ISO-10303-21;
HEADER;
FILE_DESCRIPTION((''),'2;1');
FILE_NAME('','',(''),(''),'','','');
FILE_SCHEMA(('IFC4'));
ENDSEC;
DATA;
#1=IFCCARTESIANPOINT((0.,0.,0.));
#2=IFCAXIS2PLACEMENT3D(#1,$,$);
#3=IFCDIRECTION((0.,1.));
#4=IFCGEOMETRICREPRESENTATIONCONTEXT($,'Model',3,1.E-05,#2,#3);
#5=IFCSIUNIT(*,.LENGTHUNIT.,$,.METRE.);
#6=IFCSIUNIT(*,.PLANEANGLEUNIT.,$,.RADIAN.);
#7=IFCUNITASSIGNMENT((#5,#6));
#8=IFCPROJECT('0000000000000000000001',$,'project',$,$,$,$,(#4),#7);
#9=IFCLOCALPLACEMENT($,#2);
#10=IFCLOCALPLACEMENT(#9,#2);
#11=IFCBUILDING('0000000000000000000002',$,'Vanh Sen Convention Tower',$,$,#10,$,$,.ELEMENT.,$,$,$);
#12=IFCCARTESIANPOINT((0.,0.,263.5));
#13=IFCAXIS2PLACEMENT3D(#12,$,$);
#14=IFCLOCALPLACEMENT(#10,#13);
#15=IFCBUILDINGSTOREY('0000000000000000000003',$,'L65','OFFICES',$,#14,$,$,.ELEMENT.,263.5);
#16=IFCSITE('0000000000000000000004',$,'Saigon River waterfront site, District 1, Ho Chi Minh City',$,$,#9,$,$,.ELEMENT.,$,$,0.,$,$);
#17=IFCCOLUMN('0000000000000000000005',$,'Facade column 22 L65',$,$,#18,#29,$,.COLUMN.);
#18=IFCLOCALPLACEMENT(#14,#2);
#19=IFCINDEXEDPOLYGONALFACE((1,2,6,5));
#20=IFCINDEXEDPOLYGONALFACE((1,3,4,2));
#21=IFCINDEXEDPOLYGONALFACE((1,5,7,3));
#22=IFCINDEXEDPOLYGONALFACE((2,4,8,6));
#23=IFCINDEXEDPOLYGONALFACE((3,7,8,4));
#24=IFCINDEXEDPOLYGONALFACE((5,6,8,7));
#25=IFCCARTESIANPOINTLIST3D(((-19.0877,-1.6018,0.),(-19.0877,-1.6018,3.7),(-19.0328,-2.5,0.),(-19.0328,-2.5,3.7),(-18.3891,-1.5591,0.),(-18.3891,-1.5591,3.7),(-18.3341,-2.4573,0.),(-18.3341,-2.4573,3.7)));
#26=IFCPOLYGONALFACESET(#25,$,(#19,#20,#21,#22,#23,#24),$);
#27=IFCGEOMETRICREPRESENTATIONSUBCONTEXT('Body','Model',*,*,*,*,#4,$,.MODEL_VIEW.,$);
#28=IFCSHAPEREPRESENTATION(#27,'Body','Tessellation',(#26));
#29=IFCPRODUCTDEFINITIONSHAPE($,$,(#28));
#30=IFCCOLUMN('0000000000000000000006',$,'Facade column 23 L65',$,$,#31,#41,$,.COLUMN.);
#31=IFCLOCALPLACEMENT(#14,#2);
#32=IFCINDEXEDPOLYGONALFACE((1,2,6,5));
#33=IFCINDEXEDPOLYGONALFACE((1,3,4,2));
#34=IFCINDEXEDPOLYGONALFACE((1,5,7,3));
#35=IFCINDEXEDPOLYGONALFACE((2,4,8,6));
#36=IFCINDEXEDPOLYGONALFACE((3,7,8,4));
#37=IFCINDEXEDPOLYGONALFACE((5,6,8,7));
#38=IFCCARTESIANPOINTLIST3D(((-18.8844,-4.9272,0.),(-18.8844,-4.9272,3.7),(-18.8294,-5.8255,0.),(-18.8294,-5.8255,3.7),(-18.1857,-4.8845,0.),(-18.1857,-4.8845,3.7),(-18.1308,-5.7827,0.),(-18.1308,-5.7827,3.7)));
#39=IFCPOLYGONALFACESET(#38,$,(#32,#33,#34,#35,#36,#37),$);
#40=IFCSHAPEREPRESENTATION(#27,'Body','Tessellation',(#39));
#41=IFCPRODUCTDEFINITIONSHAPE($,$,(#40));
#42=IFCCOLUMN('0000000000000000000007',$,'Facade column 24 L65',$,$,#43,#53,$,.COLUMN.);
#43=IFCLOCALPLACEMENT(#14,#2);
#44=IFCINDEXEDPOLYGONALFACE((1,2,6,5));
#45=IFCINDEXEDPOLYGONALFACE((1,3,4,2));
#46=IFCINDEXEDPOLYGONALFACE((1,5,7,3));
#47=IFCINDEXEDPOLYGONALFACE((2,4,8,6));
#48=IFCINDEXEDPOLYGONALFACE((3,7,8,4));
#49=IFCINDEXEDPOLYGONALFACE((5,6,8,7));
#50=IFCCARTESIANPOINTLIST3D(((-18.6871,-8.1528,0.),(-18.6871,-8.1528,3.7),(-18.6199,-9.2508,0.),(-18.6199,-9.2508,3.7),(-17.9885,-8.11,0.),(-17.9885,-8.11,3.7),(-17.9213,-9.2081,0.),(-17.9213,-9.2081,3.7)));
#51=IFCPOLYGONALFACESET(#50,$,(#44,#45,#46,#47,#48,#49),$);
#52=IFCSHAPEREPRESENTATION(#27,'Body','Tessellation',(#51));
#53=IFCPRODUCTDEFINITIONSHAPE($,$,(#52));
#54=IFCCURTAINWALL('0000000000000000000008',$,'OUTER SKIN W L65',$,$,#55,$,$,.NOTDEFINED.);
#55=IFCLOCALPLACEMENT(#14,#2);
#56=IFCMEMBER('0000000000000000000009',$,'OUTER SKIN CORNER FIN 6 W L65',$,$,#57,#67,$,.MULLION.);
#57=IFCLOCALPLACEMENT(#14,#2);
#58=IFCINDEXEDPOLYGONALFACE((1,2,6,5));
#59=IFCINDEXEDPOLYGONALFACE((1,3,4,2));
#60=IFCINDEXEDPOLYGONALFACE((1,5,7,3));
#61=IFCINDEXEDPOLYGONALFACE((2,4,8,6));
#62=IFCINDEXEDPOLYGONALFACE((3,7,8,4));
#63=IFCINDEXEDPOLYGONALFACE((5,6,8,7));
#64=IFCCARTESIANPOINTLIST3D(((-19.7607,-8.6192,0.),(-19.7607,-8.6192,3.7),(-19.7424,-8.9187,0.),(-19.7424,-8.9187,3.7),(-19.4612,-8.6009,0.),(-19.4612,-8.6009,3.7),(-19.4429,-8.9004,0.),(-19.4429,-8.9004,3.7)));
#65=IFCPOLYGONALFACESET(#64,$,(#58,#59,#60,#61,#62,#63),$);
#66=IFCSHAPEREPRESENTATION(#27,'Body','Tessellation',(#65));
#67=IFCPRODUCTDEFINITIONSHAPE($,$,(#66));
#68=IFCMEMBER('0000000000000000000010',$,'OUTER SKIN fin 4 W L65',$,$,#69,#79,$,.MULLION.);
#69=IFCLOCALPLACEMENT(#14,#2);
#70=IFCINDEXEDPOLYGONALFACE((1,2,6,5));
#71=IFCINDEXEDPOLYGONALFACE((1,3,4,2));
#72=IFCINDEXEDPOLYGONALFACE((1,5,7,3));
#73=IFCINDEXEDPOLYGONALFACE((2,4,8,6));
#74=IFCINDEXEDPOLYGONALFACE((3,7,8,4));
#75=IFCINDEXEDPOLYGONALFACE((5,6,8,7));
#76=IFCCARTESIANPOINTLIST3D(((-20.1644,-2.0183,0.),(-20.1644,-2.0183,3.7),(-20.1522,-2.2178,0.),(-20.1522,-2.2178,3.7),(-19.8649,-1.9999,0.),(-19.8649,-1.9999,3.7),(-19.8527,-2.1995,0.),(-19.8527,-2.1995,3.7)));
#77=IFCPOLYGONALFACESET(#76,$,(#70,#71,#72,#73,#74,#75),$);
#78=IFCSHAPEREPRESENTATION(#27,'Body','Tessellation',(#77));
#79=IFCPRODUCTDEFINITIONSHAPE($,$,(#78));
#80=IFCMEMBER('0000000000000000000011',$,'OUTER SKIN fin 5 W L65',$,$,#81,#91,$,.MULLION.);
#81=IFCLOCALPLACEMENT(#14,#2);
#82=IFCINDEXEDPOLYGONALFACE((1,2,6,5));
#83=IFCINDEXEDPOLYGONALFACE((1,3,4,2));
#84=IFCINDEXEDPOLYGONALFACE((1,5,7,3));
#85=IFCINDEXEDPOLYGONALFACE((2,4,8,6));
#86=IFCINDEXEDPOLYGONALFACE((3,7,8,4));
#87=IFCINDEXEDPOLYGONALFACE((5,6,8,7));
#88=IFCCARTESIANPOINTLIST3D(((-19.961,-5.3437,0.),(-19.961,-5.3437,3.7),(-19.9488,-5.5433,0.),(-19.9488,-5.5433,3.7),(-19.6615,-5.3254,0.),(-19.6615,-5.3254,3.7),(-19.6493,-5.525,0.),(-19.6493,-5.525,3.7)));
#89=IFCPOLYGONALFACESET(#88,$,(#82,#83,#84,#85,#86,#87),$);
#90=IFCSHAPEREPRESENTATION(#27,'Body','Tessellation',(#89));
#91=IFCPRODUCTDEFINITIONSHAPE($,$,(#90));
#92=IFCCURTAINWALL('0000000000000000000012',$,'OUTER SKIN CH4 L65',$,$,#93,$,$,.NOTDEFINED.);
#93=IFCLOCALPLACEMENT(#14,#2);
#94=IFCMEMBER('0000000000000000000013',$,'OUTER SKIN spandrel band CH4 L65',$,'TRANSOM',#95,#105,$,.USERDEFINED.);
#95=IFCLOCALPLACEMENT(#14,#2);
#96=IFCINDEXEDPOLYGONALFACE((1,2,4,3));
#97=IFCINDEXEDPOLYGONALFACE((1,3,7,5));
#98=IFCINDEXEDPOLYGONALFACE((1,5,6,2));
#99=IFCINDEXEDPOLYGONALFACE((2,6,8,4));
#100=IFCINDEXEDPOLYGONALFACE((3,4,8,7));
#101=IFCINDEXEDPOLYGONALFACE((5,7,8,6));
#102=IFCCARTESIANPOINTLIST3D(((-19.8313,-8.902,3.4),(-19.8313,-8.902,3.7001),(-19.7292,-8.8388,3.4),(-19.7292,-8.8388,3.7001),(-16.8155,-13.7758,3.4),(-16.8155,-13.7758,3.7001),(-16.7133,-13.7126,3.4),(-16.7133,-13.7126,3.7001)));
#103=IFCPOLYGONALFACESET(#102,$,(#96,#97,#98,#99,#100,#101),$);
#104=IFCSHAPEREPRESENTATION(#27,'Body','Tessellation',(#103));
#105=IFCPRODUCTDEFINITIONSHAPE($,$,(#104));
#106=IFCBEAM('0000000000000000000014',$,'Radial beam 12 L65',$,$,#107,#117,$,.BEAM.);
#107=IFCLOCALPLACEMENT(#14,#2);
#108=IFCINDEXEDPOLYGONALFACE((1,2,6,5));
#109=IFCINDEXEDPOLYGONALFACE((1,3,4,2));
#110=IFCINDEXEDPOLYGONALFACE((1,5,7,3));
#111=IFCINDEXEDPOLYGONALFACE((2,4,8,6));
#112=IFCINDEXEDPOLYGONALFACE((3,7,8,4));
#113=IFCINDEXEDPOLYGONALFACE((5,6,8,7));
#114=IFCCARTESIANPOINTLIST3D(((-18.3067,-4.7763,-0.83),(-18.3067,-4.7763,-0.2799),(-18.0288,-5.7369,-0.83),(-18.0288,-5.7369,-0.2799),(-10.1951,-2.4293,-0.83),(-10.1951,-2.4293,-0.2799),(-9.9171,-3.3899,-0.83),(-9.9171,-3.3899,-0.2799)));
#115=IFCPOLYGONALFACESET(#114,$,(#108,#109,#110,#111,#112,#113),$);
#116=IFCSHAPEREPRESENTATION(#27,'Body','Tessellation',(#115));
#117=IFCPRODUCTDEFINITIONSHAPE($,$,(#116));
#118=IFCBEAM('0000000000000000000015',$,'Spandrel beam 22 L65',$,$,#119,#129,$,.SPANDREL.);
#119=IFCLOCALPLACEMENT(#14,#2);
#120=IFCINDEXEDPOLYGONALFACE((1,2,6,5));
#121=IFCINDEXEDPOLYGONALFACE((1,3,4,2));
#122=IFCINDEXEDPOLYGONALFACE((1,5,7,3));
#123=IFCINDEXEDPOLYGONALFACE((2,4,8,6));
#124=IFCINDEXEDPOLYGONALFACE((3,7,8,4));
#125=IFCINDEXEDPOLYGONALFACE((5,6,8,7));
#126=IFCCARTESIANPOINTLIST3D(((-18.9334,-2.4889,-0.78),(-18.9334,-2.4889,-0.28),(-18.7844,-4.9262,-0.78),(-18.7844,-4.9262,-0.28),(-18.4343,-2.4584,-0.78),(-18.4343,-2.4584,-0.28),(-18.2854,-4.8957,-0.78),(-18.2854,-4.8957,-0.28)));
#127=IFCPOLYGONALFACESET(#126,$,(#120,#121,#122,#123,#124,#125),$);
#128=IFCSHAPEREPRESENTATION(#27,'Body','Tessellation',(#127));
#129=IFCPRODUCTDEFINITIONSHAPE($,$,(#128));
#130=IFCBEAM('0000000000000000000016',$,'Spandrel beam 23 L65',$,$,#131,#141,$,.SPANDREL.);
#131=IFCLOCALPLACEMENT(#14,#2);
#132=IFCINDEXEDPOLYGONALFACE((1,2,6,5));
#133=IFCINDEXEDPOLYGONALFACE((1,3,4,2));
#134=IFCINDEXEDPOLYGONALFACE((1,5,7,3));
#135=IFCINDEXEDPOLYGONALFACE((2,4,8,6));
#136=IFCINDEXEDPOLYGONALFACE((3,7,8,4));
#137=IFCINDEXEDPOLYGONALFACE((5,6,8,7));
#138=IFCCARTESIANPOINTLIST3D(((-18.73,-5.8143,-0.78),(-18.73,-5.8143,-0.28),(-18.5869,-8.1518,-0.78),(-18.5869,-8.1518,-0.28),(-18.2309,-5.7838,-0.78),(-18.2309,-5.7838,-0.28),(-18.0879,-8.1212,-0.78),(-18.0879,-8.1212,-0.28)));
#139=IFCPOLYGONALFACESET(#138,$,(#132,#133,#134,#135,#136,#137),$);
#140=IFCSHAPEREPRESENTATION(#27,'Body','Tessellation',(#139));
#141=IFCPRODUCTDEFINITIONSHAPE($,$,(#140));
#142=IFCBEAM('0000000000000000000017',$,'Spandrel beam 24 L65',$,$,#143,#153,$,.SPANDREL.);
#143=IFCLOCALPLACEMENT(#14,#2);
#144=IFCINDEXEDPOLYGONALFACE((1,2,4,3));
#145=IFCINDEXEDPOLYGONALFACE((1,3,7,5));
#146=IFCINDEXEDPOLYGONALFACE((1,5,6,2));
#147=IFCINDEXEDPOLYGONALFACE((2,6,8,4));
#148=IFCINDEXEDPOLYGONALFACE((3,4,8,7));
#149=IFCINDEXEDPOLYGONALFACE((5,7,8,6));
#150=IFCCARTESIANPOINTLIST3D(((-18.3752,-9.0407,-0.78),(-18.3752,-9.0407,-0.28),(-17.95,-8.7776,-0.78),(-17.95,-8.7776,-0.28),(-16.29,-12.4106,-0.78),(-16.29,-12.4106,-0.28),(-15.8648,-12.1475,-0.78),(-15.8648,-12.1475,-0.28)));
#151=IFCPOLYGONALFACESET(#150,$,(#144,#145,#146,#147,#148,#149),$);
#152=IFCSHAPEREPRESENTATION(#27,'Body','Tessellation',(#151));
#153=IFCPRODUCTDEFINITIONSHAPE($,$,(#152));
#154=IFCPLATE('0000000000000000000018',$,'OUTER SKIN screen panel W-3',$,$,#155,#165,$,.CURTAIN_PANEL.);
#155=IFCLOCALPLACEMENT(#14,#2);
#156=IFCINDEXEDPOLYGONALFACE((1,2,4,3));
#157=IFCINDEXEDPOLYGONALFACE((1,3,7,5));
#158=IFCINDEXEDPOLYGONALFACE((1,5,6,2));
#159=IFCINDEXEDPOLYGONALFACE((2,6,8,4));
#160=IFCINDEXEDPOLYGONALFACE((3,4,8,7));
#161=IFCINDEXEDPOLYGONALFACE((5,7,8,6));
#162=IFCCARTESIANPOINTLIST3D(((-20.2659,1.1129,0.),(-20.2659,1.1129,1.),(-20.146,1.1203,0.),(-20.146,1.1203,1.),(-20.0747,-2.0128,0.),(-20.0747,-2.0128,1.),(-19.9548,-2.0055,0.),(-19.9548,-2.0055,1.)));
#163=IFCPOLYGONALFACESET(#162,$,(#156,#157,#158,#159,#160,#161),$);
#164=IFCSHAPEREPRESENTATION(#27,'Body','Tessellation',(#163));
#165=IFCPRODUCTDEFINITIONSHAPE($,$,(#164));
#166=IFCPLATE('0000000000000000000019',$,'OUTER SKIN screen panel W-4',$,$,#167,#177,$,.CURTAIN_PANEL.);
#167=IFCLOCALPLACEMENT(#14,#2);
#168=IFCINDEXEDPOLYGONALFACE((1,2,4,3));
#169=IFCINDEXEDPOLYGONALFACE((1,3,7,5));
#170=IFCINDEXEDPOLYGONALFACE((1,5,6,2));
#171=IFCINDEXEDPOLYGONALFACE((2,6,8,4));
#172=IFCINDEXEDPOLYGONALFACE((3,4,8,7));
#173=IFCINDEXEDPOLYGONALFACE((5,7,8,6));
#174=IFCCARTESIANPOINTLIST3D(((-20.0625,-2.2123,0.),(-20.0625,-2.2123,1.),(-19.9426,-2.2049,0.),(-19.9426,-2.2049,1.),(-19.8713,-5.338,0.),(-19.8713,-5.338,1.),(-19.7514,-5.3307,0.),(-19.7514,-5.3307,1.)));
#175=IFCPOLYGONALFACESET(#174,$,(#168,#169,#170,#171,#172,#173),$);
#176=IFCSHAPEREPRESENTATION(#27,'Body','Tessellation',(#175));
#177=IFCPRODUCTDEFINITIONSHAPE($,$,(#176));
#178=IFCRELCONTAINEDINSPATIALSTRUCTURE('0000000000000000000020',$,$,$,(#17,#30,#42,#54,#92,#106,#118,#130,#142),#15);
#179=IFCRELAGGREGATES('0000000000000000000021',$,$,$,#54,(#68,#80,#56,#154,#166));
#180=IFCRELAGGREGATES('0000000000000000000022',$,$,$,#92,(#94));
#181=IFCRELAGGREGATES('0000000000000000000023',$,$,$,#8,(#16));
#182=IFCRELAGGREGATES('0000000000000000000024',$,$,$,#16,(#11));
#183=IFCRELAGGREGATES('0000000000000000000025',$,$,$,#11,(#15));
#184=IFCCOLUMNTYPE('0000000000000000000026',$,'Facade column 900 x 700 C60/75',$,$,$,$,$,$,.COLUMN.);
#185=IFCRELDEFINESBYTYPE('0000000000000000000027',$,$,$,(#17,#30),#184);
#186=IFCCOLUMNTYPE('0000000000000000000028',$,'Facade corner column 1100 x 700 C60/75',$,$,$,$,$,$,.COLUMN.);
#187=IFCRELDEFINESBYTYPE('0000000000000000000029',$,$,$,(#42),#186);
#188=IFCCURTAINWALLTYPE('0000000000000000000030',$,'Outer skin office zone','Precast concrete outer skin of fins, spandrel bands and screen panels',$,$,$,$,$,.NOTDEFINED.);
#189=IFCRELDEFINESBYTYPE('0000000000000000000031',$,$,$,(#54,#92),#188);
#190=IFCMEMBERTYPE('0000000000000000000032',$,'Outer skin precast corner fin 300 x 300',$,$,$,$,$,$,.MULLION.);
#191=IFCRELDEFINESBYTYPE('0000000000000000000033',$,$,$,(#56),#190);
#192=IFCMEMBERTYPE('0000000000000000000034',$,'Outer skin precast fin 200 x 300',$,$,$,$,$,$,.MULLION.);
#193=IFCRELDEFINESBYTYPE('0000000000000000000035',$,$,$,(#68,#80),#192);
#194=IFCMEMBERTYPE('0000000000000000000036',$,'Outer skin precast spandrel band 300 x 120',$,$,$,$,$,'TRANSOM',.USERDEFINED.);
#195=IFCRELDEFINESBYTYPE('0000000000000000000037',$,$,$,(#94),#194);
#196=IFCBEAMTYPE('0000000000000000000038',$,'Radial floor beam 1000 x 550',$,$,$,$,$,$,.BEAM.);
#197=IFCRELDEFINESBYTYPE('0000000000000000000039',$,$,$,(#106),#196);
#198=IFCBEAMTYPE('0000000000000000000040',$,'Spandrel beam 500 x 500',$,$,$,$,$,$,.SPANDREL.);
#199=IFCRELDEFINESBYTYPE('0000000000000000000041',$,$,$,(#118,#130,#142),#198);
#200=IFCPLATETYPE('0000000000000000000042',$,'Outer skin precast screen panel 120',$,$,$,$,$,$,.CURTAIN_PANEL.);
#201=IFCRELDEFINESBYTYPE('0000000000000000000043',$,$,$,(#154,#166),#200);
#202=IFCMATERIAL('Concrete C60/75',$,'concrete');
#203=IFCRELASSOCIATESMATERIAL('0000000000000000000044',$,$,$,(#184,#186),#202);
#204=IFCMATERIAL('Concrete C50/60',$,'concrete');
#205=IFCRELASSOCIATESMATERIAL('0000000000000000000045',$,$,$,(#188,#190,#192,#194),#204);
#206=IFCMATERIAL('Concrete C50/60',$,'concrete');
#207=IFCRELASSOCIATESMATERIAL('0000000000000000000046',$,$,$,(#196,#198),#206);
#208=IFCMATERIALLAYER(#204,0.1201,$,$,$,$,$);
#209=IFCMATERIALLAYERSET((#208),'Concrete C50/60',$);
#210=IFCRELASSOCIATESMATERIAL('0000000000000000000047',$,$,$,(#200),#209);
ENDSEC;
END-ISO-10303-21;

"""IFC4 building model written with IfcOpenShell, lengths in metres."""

from ifc_helpers import new_model, si_unit, direction, frame, origin, origin_2d, place, context, subcontext, project, spatial, rectangle, extrude, material, layer, layer_set, material_profile, profile_set, type_object, element, aggregate, save


model = new_model("IFC4")

# Units and contexts
model_context = context("Model", 3, precision=1e-05, world=origin(), true_north=direction((0.0, 1.0)))
body_context = subcontext(model_context, "Body", "Model", "MODEL_VIEW")
ifc_project = project(units=[si_unit("LENGTHUNIT", "METRE"), si_unit("PLANEANGLEUNIT", "RADIAN")], contexts=[model_context])

# Site, building, storey
site_placement = place(None, origin())
site = spatial("IfcSite", under=ifc_project, at=site_placement, Name="Saigon River waterfront site, District 1, Ho Chi Minh City", CompositionType="ELEMENT", RefElevation=0.0)
building_placement = place(site_placement, origin())
building = spatial("IfcBuilding", under=site, at=building_placement, Name="Vanh Sen Convention Tower", CompositionType="ELEMENT")
storey_placement = place(building_placement, frame((0.0, 0.0, 263.5)))
storey = spatial("IfcBuildingStorey", under=building, at=storey_placement, Name="L65", Description="OFFICES", CompositionType="ELEMENT", Elevation=263.5)

# Columns
ifc_material_1 = material(Name="Concrete C60/75", Category="concrete")
ifc_material_profile_1 = material_profile(ifc_material_1, rectangle(XDim=0.8999, YDim=0.7, at=origin_2d()), Name="RC 900X700")
ifc_profile_set_1 = profile_set([ifc_material_profile_1], Name="Concrete C60/75")
column_type_1 = type_object("IfcColumnType", Name="Facade column 900 x 700 C60/75", PredefinedType="COLUMN", material=ifc_profile_set_1)
for number, where, z_axis, x_axis, name in (
    (1, (-18.7109, -2.0295, 0.0), (0.0, 0.0, 1.0), (0.061049, -0.998135, 0.0), "Facade column 22 L65"),
    (2, (-18.5076, -5.355, 0.0), (0.0, 0.0, 1.0), (0.061049, -0.998135, 0.0), "Facade column 23 L65"),
):
    element("IfcColumn", number, at=place(storey_placement, frame(where, z_axis=z_axis, x_axis=x_axis)), inside=storey, type_object=column_type_1, Name=name, PredefinedType="COLUMN", context=body_context, shape_type="SweptSolid", body=[
        extrude(rectangle(XDim=0.8999, YDim=0.7, at=origin_2d()), origin(), (0.0, 0.0, 1.0), 3.7),
    ])
ifc_material_profile_2 = material_profile(ifc_material_1, rectangle(XDim=1.1001, YDim=0.7, at=origin_2d()), Name="RC 1100X700")
ifc_profile_set_2 = profile_set([ifc_material_profile_2], Name="Concrete C60/75")
column_type_2 = type_object("IfcColumnType", Name="Facade corner column 1100 x 700 C60/75", PredefinedType="COLUMN", material=ifc_profile_set_2)
column_placement = place(storey_placement, frame((-18.3042, -8.6804, 0.0), z_axis=(0.0, 0.0, 1.0), x_axis=(0.061049, -0.998135, 0.0)))
element("IfcColumn", 3, at=column_placement, inside=storey, type_object=column_type_2, Name="Facade column 24 L65", PredefinedType="COLUMN", context=body_context, shape_type="SweptSolid", body=[
    extrude(rectangle(XDim=1.1001, YDim=0.7, at=origin_2d()), origin(), (0.0, 0.0, 1.0), 3.7),
])

# Curtain wall, members
ifc_material_2 = material(Name="Concrete C50/60", Category="concrete")
curtain_wall_type = type_object("IfcCurtainWallType", Name="Outer skin office zone", Description="Precast concrete outer skin of fins, spandrel bands and screen panels", PredefinedType="NOTDEFINED", material=ifc_material_2)
curtain_wall_1_placement = place(storey_placement, origin())
curtain_wall_1 = element("IfcCurtainWall", 4, at=curtain_wall_1_placement, inside=storey, type_object=curtain_wall_type, Name="OUTER SKIN W L65", PredefinedType="NOTDEFINED")
ifc_material_profile_3 = material_profile(ifc_material_2, rectangle(XDim=0.3, YDim=0.3, at=origin_2d()), Name="Outer skin precast corner fin 300 x 300")
ifc_profile_set_3 = profile_set([ifc_material_profile_3], Name="Concrete C50/60")
member_type_1 = type_object("IfcMemberType", Name="Outer skin precast corner fin 300 x 300", PredefinedType="MULLION", material=ifc_profile_set_3)
member_1_placement = place(storey_placement, frame((-19.6018, -8.7598, 0.0), z_axis=(0.0, 0.0, 1.0), x_axis=(0.061049, -0.998135, 0.0)))
member_1 = element("IfcMember", 5, at=member_1_placement, type_object=member_type_1, Name="OUTER SKIN CORNER FIN 6 W L65", PredefinedType="MULLION", context=body_context, shape_type="SweptSolid", body=[
    extrude(rectangle(XDim=0.3, YDim=0.3, at=origin_2d()), origin(), (0.0, 0.0, 1.0), 3.7),
])
ifc_material_profile_4 = material_profile(ifc_material_2, rectangle(XDim=0.2, YDim=0.3, at=origin_2d()), Name="Outer skin precast fin 200 x 300")
ifc_profile_set_4 = profile_set([ifc_material_profile_4], Name="Concrete C50/60")
member_type_2 = type_object("IfcMemberType", Name="Outer skin precast fin 200 x 300", PredefinedType="MULLION", material=ifc_profile_set_4)
member_2_placement = place(storey_placement, frame((-20.0085, -2.1089, 0.0), z_axis=(0.0, 0.0, 1.0), x_axis=(0.061049, -0.998135, 0.0)))
member_2 = element("IfcMember", 6, at=member_2_placement, type_object=member_type_2, Name="OUTER SKIN fin 4 W L65", PredefinedType="MULLION", context=body_context, shape_type="SweptSolid", body=[
    extrude(rectangle(XDim=0.2, YDim=0.3, at=origin_2d()), origin(), (0.0, 0.0, 1.0), 3.7),
])
member_3_placement = place(storey_placement, frame((-19.8052, -5.4343, 0.0), z_axis=(0.0, 0.0, 1.0), x_axis=(0.061049, -0.998135, 0.0)))
member_3 = element("IfcMember", 7, at=member_3_placement, type_object=member_type_2, Name="OUTER SKIN fin 5 W L65", PredefinedType="MULLION", context=body_context, shape_type="SweptSolid", body=[
    extrude(rectangle(XDim=0.2, YDim=0.3, at=origin_2d()), origin(), (0.0, 0.0, 1.0), 3.7),
])

# Curtain wall, member
curtain_wall_2_placement = place(storey_placement, origin())
curtain_wall_2 = element("IfcCurtainWall", 8, at=curtain_wall_2_placement, inside=storey, type_object=curtain_wall_type, Name="OUTER SKIN CH4 L65", PredefinedType="NOTDEFINED")
ifc_material_profile_5 = material_profile(ifc_material_2, rectangle(XDim=0.1201, YDim=0.3, at=origin_2d()), Name="Outer skin precast spandrel band 300 x 120")
ifc_profile_set_5 = profile_set([ifc_material_profile_5], Name="Concrete C50/60")
member_type_3 = type_object("IfcMemberType", Name="Outer skin precast spandrel band 300 x 120", ElementType="TRANSOM", PredefinedType="USERDEFINED", material=ifc_profile_set_5)
member_4_placement = place(storey_placement, frame((-19.7803, -8.8704, 3.55), z_axis=(0.526199, -0.850361, 0.0), x_axis=(0.850361, 0.526199, 0.0)))
member_4 = element("IfcMember", 9, at=member_4_placement, type_object=member_type_3, Name="OUTER SKIN spandrel band CH4 L65", ObjectType="TRANSOM", PredefinedType="USERDEFINED", context=body_context, shape_type="SweptSolid", body=[
    extrude(rectangle(XDim=0.1201, YDim=0.3, at=origin_2d()), origin(), (0.0, 0.0, 1.0), 5.7314),
])

# Beams
ifc_material_3 = material(Name="Concrete C50/60", Category="concrete")
ifc_material_profile_6 = material_profile(ifc_material_3, rectangle(XDim=1.0, YDim=0.55, at=origin_2d()), Name="RC 1000X550")
ifc_profile_set_6 = profile_set([ifc_material_profile_6], Name="Concrete C50/60")
beam_type_1 = type_object("IfcBeamType", Name="Radial floor beam 1000 x 550", PredefinedType="BEAM", material=ifc_profile_set_6)
beam_1_placement = place(storey_placement, frame((-18.1677, -5.2566, -0.5549), z_axis=(0.960601, 0.277931, 0.0), x_axis=(-0.277931, 0.960601, 0.0)))
element("IfcBeam", 10, at=beam_1_placement, inside=storey, type_object=beam_type_1, Name="Radial beam 12 L65", PredefinedType="BEAM", context=body_context, shape_type="SweptSolid", body=[
    extrude(rectangle(XDim=1.0, YDim=0.55, at=origin_2d()), origin(), (0.0, 0.0, 1.0), 8.4443),
])
ifc_material_profile_7 = material_profile(ifc_material_3, rectangle(XDim=0.5, YDim=0.5, at=origin_2d()), Name="RC 500X500")
ifc_profile_set_7 = profile_set([ifc_material_profile_7], Name="Concrete C50/60")
beam_type_2 = type_object("IfcBeamType", Name="Spandrel beam 500 x 500", PredefinedType="SPANDREL", material=ifc_profile_set_7)
beam_2_placement = place(storey_placement, frame((-18.6838, -2.4736, -0.53), z_axis=(0.06099, -0.998138, 0.0), x_axis=(0.998138, 0.06099, 0.0)))
element("IfcBeam", 11, at=beam_2_placement, inside=storey, type_object=beam_type_2, Name="Spandrel beam 22 L65", PredefinedType="SPANDREL", context=body_context, shape_type="SweptSolid", body=[
    extrude(rectangle(XDim=0.5, YDim=0.5, at=origin_2d()), origin(), (0.0, 0.0, 1.0), 2.4419),
])
beam_3_placement = place(storey_placement, frame((-18.4805, -5.7991, -0.53), z_axis=(0.061093, -0.998132, 0.0), x_axis=(0.998132, 0.061093, 0.0)))
element("IfcBeam", 12, at=beam_3_placement, inside=storey, type_object=beam_type_2, Name="Spandrel beam 23 L65", PredefinedType="SPANDREL", context=body_context, shape_type="SweptSolid", body=[
    extrude(rectangle(XDim=0.5, YDim=0.5, at=origin_2d()), origin(), (0.0, 0.0, 1.0), 2.3418),
])
beam_4_placement = place(storey_placement, frame((-18.1626, -8.9092, -0.53), z_axis=(0.526189, -0.850368, 0.0), x_axis=(0.850368, 0.526189, 0.0)))
element("IfcBeam", 13, at=beam_4_placement, inside=storey, type_object=beam_type_2, Name="Spandrel beam 24 L65", PredefinedType="SPANDREL", context=body_context, shape_type="SweptSolid", body=[
    extrude(rectangle(XDim=0.5, YDim=0.5, at=origin_2d()), origin(), (0.0, 0.0, 1.0), 3.9629),
])

# Plates
ifc_layer_1 = layer(ifc_material_2, 0.1201)
ifc_layer_set_1 = layer_set([ifc_layer_1], Name="Concrete C50/60")
plate_type = type_object("IfcPlateType", Name="Outer skin precast screen panel 120", PredefinedType="CURTAIN_PANEL", material=ifc_layer_set_1)
plate_1_placement = place(storey_placement, frame((-20.1104, -0.4463, 0.0), z_axis=(0.0, 0.0, 1.0), x_axis=(0.061052, -0.998135, 0.0)))
plate_1 = element("IfcPlate", 14, at=plate_1_placement, type_object=plate_type, Name="OUTER SKIN screen panel W-3", PredefinedType="CURTAIN_PANEL", context=body_context, shape_type="SweptSolid", body=[
    extrude(rectangle(XDim=3.1316, YDim=0.1201, at=origin_2d()), origin(), (0.0, 0.0, 1.0), 1.0),
])
plate_2_placement = place(storey_placement, frame((-19.907, -3.7715, 0.0), z_axis=(0.0, 0.0, 1.0), x_axis=(0.061052, -0.998135, 0.0)))
plate_2 = element("IfcPlate", 15, at=plate_2_placement, type_object=plate_type, Name="OUTER SKIN screen panel W-4", PredefinedType="CURTAIN_PANEL", context=body_context, shape_type="SweptSolid", body=[
    extrude(rectangle(XDim=3.1316, YDim=0.1201, at=origin_2d()), origin(), (0.0, 0.0, 1.0), 1.0),
])
aggregate(curtain_wall_1, [member_2, member_3, member_1, plate_1, plate_2])
aggregate(curtain_wall_2, [member_4])

save(model, "model.ifc")
